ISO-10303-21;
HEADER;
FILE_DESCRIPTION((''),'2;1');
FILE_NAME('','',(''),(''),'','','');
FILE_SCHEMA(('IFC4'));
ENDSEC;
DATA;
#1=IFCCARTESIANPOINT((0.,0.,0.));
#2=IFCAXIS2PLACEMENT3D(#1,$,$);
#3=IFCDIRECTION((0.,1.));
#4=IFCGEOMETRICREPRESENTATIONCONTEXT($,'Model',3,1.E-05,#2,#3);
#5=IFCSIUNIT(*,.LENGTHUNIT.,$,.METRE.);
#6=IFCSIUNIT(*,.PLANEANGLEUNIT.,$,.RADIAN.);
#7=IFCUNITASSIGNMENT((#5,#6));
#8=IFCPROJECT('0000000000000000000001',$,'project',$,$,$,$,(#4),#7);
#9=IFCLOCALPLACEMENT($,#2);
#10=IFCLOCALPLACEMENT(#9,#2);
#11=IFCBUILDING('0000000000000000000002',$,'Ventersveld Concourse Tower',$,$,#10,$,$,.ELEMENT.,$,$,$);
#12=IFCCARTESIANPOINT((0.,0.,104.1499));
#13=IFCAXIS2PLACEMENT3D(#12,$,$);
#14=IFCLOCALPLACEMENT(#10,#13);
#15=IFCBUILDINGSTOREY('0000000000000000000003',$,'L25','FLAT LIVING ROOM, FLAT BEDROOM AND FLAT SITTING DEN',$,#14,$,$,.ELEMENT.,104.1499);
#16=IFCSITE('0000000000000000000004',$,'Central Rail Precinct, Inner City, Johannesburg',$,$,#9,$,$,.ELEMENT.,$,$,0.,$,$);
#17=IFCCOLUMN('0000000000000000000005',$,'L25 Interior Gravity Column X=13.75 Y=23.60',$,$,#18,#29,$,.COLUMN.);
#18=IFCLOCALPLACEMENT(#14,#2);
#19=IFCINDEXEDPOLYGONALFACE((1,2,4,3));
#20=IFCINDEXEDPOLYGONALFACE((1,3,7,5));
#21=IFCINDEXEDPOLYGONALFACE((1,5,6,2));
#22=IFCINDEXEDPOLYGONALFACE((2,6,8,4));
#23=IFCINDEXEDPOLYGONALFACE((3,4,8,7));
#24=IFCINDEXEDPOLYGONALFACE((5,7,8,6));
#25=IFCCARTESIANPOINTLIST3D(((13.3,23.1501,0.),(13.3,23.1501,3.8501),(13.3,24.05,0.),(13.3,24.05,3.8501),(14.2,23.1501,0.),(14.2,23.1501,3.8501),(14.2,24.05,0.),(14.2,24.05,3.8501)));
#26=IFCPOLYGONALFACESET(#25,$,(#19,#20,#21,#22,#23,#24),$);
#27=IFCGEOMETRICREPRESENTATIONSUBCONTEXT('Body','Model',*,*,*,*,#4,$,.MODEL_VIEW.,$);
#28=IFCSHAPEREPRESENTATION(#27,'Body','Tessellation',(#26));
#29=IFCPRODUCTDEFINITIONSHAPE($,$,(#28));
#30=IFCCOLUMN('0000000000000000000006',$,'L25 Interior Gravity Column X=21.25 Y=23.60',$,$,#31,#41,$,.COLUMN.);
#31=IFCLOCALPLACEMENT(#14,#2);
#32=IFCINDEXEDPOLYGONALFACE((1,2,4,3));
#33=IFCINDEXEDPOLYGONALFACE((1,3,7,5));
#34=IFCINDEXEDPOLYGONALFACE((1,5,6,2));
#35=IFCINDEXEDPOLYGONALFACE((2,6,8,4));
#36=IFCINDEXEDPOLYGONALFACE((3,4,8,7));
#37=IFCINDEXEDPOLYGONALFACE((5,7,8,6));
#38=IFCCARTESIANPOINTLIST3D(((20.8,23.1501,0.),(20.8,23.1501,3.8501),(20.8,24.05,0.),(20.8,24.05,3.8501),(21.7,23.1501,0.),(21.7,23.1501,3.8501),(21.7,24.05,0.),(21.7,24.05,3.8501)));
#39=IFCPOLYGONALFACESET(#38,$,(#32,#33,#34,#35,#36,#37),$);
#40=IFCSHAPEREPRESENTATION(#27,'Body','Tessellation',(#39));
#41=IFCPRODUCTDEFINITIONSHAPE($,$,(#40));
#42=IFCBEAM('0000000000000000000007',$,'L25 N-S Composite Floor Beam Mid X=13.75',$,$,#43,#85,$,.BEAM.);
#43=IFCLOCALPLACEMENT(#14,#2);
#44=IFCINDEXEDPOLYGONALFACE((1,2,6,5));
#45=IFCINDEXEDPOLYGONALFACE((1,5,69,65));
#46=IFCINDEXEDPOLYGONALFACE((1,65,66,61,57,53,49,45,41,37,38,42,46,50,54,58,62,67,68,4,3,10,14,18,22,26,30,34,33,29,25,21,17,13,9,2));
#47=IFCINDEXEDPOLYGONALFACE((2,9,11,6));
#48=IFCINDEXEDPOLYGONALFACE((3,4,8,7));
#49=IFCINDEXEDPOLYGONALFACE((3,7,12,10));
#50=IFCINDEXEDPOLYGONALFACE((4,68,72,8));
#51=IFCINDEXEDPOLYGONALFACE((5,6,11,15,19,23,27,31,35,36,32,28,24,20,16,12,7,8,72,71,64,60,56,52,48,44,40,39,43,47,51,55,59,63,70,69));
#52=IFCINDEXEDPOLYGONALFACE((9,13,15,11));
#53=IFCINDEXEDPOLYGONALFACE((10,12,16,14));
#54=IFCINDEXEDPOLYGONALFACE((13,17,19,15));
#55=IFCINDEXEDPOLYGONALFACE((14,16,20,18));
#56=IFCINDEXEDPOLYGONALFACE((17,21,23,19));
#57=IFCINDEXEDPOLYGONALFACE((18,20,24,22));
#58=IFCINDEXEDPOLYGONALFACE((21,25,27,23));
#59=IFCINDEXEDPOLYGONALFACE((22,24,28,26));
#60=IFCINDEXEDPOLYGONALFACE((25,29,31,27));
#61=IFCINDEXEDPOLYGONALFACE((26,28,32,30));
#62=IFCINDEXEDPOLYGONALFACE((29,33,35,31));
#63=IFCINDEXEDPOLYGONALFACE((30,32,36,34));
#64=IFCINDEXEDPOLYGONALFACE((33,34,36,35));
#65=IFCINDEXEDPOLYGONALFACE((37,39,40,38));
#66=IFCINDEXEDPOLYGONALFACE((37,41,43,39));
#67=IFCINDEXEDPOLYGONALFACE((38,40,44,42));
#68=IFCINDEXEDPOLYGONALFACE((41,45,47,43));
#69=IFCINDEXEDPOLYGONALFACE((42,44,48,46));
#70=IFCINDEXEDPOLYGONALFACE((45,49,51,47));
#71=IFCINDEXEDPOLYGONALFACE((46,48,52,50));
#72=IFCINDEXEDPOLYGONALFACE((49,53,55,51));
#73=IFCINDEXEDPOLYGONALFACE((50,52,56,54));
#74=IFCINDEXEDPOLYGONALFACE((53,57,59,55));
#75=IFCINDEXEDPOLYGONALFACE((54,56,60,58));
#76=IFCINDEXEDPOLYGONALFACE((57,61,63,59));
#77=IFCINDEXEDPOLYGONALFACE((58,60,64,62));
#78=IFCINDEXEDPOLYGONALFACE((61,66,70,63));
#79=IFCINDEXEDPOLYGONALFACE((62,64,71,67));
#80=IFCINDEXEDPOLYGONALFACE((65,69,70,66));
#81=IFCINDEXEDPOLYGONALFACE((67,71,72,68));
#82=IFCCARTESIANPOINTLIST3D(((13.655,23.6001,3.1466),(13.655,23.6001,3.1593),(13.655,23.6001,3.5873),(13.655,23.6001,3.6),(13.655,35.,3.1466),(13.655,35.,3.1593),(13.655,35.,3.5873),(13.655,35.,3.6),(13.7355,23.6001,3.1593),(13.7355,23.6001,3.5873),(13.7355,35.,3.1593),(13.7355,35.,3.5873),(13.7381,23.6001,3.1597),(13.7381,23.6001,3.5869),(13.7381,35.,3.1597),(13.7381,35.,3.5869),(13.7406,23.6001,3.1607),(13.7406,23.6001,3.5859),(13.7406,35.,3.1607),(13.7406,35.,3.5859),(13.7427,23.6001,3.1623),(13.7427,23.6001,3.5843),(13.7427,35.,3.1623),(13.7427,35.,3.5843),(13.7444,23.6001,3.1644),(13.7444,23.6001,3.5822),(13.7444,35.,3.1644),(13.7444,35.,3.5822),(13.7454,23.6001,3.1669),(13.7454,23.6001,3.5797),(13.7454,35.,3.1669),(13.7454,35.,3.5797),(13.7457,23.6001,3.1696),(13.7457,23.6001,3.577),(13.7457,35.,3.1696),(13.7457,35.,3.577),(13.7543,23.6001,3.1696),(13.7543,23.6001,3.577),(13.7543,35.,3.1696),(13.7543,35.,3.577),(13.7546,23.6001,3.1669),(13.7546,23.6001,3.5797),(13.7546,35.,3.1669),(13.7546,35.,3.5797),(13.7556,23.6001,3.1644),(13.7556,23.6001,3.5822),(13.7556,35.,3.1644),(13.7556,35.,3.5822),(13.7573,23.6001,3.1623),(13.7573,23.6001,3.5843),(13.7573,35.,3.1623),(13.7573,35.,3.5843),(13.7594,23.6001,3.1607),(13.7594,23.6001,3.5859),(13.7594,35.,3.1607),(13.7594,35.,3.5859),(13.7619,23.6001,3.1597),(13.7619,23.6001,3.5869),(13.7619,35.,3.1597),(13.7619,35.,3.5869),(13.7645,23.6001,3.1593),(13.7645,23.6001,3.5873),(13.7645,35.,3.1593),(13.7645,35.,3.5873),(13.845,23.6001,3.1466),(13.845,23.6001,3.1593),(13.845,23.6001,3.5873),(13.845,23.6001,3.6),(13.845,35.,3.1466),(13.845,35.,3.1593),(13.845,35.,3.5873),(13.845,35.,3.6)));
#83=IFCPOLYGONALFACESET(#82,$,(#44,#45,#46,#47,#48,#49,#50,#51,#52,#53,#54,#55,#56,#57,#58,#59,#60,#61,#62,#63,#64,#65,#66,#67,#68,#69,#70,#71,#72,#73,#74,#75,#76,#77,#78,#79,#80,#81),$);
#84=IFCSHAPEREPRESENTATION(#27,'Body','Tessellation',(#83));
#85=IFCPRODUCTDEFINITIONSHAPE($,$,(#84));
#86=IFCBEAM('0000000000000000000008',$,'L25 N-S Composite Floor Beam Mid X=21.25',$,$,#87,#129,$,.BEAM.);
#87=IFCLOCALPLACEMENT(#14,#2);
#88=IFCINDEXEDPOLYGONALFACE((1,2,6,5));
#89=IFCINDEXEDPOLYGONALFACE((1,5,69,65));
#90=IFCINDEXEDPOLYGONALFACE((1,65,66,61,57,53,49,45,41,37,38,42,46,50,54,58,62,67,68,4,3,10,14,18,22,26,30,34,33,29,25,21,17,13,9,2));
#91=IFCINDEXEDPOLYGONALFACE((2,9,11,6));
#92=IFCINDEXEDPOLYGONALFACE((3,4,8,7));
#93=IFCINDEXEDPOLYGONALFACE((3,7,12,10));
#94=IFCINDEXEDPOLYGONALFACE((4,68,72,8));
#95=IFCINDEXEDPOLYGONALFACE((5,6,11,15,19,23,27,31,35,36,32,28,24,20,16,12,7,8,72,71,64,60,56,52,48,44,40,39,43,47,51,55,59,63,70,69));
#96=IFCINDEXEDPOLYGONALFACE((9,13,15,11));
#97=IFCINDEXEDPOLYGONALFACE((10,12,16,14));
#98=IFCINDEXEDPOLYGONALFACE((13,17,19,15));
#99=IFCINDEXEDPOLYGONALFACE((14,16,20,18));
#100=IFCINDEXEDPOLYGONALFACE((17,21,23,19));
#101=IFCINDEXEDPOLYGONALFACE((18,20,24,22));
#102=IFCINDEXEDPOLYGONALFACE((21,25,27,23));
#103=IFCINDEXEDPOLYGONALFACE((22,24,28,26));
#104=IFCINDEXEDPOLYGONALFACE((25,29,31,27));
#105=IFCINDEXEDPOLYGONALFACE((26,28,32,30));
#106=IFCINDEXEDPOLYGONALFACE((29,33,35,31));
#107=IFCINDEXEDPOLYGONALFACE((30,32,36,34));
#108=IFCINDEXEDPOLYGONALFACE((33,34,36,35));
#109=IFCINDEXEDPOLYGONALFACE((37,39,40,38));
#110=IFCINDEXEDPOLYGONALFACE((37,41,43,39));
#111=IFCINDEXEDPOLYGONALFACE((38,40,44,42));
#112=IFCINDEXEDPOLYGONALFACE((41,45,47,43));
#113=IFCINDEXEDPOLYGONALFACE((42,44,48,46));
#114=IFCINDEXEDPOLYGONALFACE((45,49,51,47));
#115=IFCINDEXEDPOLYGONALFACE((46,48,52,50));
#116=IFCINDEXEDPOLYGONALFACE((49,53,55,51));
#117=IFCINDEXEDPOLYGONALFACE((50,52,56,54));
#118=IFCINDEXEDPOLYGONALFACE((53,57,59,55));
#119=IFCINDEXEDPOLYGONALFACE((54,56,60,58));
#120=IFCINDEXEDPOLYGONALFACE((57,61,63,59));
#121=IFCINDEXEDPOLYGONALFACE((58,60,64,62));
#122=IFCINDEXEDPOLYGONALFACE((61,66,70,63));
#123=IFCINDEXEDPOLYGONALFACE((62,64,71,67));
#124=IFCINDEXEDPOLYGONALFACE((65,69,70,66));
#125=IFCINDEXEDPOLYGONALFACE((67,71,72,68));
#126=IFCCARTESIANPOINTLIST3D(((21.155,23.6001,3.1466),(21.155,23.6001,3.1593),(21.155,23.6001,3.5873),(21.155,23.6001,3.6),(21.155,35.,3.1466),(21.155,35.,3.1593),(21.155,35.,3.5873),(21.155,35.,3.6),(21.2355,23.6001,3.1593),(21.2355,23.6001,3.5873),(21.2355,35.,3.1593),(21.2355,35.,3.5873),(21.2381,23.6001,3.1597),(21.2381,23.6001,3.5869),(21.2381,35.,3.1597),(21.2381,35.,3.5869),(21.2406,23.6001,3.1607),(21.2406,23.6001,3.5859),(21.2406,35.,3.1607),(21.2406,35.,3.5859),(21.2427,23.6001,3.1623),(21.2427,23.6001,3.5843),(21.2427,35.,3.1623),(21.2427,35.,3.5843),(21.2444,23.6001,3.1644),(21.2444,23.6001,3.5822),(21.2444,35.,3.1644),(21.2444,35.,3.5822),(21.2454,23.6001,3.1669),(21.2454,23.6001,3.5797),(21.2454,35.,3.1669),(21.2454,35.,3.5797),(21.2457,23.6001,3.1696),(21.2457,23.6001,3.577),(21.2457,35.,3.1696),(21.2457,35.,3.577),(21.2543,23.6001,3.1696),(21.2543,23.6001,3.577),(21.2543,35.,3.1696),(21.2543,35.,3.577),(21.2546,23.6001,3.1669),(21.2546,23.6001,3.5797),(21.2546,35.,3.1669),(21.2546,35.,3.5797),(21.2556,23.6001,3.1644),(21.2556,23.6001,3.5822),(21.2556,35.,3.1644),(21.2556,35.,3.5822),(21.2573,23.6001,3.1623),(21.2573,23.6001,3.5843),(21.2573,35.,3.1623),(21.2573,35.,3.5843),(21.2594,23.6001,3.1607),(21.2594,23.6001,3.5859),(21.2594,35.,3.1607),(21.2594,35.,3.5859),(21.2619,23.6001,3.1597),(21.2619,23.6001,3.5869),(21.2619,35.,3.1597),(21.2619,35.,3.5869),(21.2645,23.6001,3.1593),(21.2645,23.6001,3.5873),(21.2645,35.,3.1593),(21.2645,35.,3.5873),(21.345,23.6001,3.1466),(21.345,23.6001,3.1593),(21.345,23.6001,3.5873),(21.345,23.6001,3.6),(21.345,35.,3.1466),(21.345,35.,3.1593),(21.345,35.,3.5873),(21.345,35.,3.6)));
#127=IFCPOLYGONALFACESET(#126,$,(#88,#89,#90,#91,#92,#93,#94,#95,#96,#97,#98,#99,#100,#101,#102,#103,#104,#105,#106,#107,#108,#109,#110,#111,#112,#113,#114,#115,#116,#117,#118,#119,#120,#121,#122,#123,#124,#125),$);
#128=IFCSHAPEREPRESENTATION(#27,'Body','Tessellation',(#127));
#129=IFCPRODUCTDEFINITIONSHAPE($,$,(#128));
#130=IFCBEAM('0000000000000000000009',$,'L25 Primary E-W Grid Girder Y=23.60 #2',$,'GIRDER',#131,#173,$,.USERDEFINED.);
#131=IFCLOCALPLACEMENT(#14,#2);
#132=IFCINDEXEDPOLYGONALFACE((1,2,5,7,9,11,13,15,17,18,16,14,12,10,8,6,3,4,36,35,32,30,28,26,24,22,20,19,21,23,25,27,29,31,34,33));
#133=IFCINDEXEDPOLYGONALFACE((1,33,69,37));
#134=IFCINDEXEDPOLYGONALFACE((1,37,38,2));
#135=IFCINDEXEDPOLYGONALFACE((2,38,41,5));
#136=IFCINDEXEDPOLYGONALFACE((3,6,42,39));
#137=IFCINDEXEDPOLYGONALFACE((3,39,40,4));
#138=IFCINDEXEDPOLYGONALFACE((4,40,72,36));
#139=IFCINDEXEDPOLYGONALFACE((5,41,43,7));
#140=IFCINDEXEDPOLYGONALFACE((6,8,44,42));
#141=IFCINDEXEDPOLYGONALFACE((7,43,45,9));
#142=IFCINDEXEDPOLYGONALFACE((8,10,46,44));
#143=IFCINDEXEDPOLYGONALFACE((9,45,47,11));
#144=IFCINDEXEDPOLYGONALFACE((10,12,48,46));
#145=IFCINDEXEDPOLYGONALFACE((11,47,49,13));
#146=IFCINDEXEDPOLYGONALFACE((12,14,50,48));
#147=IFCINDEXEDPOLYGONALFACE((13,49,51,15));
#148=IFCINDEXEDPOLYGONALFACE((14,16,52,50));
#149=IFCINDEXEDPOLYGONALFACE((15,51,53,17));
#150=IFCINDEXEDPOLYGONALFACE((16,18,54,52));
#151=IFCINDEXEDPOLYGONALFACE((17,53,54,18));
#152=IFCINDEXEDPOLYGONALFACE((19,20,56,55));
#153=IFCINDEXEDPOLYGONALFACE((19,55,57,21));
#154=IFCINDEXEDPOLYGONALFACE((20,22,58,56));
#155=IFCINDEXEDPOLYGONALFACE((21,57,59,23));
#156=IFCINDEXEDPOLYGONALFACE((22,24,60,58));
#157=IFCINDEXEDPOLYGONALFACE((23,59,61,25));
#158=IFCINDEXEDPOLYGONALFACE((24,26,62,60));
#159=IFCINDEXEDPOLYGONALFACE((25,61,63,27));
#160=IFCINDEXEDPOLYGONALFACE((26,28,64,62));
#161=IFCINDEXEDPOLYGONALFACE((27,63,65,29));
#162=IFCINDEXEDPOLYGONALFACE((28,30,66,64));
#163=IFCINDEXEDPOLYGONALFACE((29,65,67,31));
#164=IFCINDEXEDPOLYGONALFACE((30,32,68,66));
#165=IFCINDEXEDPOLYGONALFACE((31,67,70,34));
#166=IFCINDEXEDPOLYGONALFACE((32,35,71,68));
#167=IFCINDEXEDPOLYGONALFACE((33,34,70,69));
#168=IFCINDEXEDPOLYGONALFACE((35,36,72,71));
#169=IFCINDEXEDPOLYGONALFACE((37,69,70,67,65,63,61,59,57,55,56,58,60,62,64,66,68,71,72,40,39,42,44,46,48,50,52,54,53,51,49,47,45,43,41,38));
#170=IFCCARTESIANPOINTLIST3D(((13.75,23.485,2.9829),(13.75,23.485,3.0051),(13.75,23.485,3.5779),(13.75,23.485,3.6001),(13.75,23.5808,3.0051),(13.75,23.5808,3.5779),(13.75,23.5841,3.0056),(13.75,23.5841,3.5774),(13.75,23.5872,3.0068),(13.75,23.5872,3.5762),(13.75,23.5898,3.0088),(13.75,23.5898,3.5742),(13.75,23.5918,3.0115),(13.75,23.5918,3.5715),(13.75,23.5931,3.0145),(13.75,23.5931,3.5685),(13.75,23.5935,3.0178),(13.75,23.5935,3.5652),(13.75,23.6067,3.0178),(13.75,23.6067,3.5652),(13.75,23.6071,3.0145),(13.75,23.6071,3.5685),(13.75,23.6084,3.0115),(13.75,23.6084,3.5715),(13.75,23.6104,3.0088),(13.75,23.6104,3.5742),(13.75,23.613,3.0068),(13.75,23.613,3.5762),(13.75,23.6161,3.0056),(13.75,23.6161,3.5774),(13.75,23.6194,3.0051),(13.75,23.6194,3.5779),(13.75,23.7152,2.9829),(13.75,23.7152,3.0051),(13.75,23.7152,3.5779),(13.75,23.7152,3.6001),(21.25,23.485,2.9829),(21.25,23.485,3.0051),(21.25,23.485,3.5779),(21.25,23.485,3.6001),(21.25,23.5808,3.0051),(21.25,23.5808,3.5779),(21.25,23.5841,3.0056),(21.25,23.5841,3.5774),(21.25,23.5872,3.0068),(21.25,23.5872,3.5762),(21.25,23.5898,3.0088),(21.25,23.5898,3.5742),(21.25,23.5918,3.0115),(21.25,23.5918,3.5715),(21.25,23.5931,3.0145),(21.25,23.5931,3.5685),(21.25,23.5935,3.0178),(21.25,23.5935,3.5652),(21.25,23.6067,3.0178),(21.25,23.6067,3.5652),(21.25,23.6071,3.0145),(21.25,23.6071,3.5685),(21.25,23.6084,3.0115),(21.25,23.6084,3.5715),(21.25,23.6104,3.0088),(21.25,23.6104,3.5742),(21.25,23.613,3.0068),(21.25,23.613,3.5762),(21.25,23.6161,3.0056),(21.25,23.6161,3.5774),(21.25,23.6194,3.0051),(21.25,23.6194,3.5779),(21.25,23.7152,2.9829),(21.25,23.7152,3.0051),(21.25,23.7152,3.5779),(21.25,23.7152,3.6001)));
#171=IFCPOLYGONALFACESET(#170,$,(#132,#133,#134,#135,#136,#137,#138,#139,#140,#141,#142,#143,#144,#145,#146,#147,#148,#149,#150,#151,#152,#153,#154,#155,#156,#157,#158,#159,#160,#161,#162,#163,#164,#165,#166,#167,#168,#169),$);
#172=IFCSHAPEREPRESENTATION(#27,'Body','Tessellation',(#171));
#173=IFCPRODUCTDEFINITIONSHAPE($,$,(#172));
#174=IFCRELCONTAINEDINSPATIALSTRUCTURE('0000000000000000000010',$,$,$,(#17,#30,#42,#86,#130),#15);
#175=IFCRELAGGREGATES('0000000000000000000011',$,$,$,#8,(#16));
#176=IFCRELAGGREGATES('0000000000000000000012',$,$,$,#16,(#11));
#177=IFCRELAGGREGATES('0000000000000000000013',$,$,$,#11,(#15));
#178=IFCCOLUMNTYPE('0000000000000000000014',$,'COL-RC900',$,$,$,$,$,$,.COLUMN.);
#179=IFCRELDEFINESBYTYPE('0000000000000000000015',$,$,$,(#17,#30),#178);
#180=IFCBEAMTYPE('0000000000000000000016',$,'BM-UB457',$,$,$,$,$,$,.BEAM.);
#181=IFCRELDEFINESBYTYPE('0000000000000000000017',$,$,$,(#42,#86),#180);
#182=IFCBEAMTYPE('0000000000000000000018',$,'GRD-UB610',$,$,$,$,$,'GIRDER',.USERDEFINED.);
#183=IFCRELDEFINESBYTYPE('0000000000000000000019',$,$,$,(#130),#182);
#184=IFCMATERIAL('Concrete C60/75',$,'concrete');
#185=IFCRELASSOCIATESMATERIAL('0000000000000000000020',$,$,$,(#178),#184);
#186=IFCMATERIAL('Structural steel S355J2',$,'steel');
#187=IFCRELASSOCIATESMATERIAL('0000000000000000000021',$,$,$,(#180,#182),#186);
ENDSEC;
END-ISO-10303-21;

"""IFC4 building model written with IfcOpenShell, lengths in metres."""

from ifc_helpers import new_model, si_unit, direction, frame, origin, origin_2d, place, context, subcontext, project, spatial, rectangle, i_section, extrude, material, material_profile, profile_set, type_object, element, save


model = new_model("IFC4")

# Units and contexts
model_context = context("Model", 3, precision=1e-05, world=origin(), true_north=direction((0.0, 1.0)))
body_context = subcontext(model_context, "Body", "Model", "MODEL_VIEW")
ifc_project = project(units=[si_unit("LENGTHUNIT", "METRE"), si_unit("PLANEANGLEUNIT", "RADIAN")], contexts=[model_context])

# Site, building, storey
site_placement = place(None, origin())
site = spatial("IfcSite", under=ifc_project, at=site_placement, Name="Central Rail Precinct, Inner City, Johannesburg", CompositionType="ELEMENT", RefElevation=0.0)
building_placement = place(site_placement, origin())
building = spatial("IfcBuilding", under=site, at=building_placement, Name="Ventersveld Concourse Tower", CompositionType="ELEMENT")
storey_placement = place(building_placement, frame((0.0, 0.0, 104.1499)))
storey = spatial("IfcBuildingStorey", under=building, at=storey_placement, Name="L25", Description="FLAT LIVING ROOM, FLAT BEDROOM AND FLAT SITTING DEN", CompositionType="ELEMENT", Elevation=104.1499)

# Columns
ifc_material_1 = material(Name="Concrete C60/75", Category="concrete")
ifc_material_profile_1 = material_profile(ifc_material_1, rectangle(XDim=0.8999, YDim=0.8999, at=origin_2d()), Name="RC 900x900")
ifc_profile_set_1 = profile_set([ifc_material_profile_1], Name="Concrete C60/75")
column_type = type_object("IfcColumnType", Name="COL-RC900", PredefinedType="COLUMN", material=ifc_profile_set_1)
for number, where, z_axis, x_axis, name in (
    (1, (13.75, 23.6001, 0.0), (0.0, 0.0, 1.0), (1.0, 0.0, 0.0), "L25 Interior Gravity Column X=13.75 Y=23.60"),
    (2, (21.25, 23.6001, 0.0), (0.0, 0.0, 1.0), (1.0, 0.0, 0.0), "L25 Interior Gravity Column X=21.25 Y=23.60"),
):
    element("IfcColumn", number, at=place(storey_placement, frame(where, z_axis=z_axis, x_axis=x_axis)), inside=storey, type_object=column_type, Name=name, PredefinedType="COLUMN", context=body_context, shape_type="SweptSolid", body=[
        extrude(rectangle(XDim=0.8999, YDim=0.8999, at=origin_2d()), origin(), (0.0, 0.0, 1.0), 3.8501),
    ])

# Beams
ifc_material_2 = material(Name="Structural steel S355J2", Category="steel")
ifc_material_profile_2 = material_profile(ifc_material_2, i_section(OverallWidth=0.1899, OverallDepth=0.4534, WebThickness=0.0085, FlangeThickness=0.0127, FilletRadius=0.0103, at=origin_2d()), Name="UB 457x191x67")
ifc_profile_set_2 = profile_set([ifc_material_profile_2], Name="Structural steel S355J2")
beam_type_1 = type_object("IfcBeamType", Name="BM-UB457", PredefinedType="BEAM", material=ifc_profile_set_2)
for number, where, z_axis, x_axis, name in (
    (3, (13.75, 23.6001, 3.3733), (0.0, 1.0, 0.0), (-1.0, 0.0, 0.0), "L25 N-S Composite Floor Beam Mid X=13.75"),
    (4, (21.25, 23.6001, 3.3733), (0.0, 1.0, 0.0), (-1.0, 0.0, 0.0), "L25 N-S Composite Floor Beam Mid X=21.25"),
):
    element("IfcBeam", number, at=place(storey_placement, frame(where, z_axis=z_axis, x_axis=x_axis)), inside=storey, type_object=beam_type_1, Name=name, PredefinedType="BEAM", context=body_context, shape_type="SweptSolid", body=[
        extrude(i_section(OverallWidth=0.1899, OverallDepth=0.4534, WebThickness=0.0085, FlangeThickness=0.0127, FilletRadius=0.0103, at=origin_2d()), origin(), (0.0, 0.0, 1.0), 11.3999),
    ])
ifc_material_profile_3 = material_profile(ifc_material_2, i_section(OverallWidth=0.2302, OverallDepth=0.6172, WebThickness=0.0132, FlangeThickness=0.0222, FilletRadius=0.0127, at=origin_2d()), Name="UB 610x229x140")
ifc_profile_set_3 = profile_set([ifc_material_profile_3], Name="Structural steel S355J2")
beam_type_2 = type_object("IfcBeamType", Name="GRD-UB610", ElementType="GIRDER", PredefinedType="USERDEFINED", material=ifc_profile_set_3)
for number, where, z_axis, x_axis, name in (
    (5, (13.75, 23.6001, 3.2915), (1.0, 0.0, 0.0), (0.0, 1.0, 0.0), "L25 Primary E-W Grid Girder Y=23.60 #2"),
):
    element("IfcBeam", number, at=place(storey_placement, frame(where, z_axis=z_axis, x_axis=x_axis)), inside=storey, type_object=beam_type_2, Name=name, ObjectType="GIRDER", PredefinedType="USERDEFINED", context=body_context, shape_type="SweptSolid", body=[
        extrude(i_section(OverallWidth=0.2302, OverallDepth=0.6172, WebThickness=0.0132, FlangeThickness=0.0222, FilletRadius=0.0127, at=origin_2d()), origin(), (0.0, 0.0, 1.0), 7.5),
    ])

save(model, "model.ifc")
